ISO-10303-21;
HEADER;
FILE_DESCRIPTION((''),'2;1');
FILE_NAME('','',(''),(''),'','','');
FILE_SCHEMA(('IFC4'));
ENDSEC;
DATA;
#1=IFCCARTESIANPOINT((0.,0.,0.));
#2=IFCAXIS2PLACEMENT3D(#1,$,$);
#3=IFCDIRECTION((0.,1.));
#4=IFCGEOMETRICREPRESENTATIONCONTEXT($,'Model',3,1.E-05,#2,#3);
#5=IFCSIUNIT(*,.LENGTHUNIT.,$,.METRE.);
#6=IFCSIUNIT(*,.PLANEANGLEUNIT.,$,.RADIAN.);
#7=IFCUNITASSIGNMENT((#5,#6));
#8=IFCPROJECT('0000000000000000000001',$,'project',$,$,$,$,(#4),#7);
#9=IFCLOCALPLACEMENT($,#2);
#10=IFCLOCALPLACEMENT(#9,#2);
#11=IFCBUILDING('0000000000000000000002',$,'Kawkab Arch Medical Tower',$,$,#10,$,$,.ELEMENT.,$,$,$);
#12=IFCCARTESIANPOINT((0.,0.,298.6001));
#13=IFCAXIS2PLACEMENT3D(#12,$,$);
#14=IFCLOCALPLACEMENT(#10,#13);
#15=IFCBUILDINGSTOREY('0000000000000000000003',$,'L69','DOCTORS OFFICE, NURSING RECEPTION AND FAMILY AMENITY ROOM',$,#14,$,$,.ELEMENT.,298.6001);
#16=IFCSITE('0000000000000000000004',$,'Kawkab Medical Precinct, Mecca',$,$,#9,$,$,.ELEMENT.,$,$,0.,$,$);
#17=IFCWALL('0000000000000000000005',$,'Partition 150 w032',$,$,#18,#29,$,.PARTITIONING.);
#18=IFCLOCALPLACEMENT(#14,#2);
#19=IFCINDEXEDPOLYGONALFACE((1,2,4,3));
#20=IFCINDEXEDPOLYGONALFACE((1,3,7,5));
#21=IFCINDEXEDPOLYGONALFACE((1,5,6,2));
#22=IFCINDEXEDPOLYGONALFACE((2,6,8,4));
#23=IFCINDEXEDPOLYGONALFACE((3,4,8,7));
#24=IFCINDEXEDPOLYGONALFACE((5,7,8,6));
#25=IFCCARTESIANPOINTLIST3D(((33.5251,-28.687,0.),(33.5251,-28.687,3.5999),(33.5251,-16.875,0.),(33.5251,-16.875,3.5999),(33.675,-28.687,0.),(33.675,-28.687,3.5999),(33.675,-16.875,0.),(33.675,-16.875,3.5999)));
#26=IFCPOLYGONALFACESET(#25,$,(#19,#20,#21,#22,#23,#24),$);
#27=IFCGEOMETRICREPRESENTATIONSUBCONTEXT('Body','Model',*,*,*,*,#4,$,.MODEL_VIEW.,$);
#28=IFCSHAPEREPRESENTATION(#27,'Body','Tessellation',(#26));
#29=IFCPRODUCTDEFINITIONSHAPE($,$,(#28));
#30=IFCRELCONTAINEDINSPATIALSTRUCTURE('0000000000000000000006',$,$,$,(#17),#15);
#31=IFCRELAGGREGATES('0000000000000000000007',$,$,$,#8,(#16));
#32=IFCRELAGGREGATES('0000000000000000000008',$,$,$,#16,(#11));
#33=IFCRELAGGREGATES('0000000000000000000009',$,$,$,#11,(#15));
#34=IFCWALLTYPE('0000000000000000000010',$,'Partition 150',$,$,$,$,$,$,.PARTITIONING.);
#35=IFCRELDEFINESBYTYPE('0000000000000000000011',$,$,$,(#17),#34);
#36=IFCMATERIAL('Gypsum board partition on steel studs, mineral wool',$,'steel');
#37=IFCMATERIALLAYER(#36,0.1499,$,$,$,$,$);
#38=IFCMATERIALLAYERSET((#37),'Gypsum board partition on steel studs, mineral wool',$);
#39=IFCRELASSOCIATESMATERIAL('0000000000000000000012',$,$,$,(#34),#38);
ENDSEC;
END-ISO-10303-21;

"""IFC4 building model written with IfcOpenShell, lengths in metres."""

from ifc_helpers import new_model, si_unit, direction, frame, frame_2d, origin, place, context, subcontext, project, spatial, rectangle, extrude, material, layer, layer_set, type_object, element, save


model = new_model("IFC4")

# Units and contexts
model_context = context("Model", 3, precision=1e-05, world=origin(), true_north=direction((0.0, 1.0)))
body_context = subcontext(model_context, "Body", "Model", "MODEL_VIEW")
ifc_project = project(units=[si_unit("LENGTHUNIT", "METRE"), si_unit("PLANEANGLEUNIT", "RADIAN")], contexts=[model_context])

# Site, building, storey
site_placement = place(None, origin())
site = spatial("IfcSite", under=ifc_project, at=site_placement, Name="Kawkab Medical Precinct, Mecca", CompositionType="ELEMENT", RefElevation=0.0)
building_placement = place(site_placement, origin())
building = spatial("IfcBuilding", under=site, at=building_placement, Name="Kawkab Arch Medical Tower", CompositionType="ELEMENT")
storey_placement = place(building_placement, frame((0.0, 0.0, 298.6001)))
storey = spatial("IfcBuildingStorey", under=building, at=storey_placement, Name="L69", Description="DOCTORS OFFICE, NURSING RECEPTION AND FAMILY AMENITY ROOM", CompositionType="ELEMENT", Elevation=298.6001)

# Wall
ifc_material_1 = material(Name="Gypsum board partition on steel studs, mineral wool", Category="steel")
ifc_layer_1 = layer(ifc_material_1, 0.1499)
ifc_layer_set_1 = layer_set([ifc_layer_1], Name="Gypsum board partition on steel studs, mineral wool")
wall_type_1 = type_object("IfcWallType", Name="Partition 150", PredefinedType="PARTITIONING", material=ifc_layer_set_1)
wall_1_placement = place(storey_placement, frame((33.6001, -28.687, 0.0), z_axis=(0.0, 0.0, 1.0), x_axis=(0.0, 1.0, 0.0)))
element("IfcWall", 1, at=wall_1_placement, inside=storey, type_object=wall_type_1, Name="Partition 150 w032", PredefinedType="PARTITIONING", context=body_context, shape_type="SweptSolid", body=[
    extrude(rectangle(XDim=11.812, YDim=0.1499, at=frame_2d((5.906, 0.0))), origin(), (0.0, 0.0, 1.0), 3.5999),
])

save(model, "model.ifc")
